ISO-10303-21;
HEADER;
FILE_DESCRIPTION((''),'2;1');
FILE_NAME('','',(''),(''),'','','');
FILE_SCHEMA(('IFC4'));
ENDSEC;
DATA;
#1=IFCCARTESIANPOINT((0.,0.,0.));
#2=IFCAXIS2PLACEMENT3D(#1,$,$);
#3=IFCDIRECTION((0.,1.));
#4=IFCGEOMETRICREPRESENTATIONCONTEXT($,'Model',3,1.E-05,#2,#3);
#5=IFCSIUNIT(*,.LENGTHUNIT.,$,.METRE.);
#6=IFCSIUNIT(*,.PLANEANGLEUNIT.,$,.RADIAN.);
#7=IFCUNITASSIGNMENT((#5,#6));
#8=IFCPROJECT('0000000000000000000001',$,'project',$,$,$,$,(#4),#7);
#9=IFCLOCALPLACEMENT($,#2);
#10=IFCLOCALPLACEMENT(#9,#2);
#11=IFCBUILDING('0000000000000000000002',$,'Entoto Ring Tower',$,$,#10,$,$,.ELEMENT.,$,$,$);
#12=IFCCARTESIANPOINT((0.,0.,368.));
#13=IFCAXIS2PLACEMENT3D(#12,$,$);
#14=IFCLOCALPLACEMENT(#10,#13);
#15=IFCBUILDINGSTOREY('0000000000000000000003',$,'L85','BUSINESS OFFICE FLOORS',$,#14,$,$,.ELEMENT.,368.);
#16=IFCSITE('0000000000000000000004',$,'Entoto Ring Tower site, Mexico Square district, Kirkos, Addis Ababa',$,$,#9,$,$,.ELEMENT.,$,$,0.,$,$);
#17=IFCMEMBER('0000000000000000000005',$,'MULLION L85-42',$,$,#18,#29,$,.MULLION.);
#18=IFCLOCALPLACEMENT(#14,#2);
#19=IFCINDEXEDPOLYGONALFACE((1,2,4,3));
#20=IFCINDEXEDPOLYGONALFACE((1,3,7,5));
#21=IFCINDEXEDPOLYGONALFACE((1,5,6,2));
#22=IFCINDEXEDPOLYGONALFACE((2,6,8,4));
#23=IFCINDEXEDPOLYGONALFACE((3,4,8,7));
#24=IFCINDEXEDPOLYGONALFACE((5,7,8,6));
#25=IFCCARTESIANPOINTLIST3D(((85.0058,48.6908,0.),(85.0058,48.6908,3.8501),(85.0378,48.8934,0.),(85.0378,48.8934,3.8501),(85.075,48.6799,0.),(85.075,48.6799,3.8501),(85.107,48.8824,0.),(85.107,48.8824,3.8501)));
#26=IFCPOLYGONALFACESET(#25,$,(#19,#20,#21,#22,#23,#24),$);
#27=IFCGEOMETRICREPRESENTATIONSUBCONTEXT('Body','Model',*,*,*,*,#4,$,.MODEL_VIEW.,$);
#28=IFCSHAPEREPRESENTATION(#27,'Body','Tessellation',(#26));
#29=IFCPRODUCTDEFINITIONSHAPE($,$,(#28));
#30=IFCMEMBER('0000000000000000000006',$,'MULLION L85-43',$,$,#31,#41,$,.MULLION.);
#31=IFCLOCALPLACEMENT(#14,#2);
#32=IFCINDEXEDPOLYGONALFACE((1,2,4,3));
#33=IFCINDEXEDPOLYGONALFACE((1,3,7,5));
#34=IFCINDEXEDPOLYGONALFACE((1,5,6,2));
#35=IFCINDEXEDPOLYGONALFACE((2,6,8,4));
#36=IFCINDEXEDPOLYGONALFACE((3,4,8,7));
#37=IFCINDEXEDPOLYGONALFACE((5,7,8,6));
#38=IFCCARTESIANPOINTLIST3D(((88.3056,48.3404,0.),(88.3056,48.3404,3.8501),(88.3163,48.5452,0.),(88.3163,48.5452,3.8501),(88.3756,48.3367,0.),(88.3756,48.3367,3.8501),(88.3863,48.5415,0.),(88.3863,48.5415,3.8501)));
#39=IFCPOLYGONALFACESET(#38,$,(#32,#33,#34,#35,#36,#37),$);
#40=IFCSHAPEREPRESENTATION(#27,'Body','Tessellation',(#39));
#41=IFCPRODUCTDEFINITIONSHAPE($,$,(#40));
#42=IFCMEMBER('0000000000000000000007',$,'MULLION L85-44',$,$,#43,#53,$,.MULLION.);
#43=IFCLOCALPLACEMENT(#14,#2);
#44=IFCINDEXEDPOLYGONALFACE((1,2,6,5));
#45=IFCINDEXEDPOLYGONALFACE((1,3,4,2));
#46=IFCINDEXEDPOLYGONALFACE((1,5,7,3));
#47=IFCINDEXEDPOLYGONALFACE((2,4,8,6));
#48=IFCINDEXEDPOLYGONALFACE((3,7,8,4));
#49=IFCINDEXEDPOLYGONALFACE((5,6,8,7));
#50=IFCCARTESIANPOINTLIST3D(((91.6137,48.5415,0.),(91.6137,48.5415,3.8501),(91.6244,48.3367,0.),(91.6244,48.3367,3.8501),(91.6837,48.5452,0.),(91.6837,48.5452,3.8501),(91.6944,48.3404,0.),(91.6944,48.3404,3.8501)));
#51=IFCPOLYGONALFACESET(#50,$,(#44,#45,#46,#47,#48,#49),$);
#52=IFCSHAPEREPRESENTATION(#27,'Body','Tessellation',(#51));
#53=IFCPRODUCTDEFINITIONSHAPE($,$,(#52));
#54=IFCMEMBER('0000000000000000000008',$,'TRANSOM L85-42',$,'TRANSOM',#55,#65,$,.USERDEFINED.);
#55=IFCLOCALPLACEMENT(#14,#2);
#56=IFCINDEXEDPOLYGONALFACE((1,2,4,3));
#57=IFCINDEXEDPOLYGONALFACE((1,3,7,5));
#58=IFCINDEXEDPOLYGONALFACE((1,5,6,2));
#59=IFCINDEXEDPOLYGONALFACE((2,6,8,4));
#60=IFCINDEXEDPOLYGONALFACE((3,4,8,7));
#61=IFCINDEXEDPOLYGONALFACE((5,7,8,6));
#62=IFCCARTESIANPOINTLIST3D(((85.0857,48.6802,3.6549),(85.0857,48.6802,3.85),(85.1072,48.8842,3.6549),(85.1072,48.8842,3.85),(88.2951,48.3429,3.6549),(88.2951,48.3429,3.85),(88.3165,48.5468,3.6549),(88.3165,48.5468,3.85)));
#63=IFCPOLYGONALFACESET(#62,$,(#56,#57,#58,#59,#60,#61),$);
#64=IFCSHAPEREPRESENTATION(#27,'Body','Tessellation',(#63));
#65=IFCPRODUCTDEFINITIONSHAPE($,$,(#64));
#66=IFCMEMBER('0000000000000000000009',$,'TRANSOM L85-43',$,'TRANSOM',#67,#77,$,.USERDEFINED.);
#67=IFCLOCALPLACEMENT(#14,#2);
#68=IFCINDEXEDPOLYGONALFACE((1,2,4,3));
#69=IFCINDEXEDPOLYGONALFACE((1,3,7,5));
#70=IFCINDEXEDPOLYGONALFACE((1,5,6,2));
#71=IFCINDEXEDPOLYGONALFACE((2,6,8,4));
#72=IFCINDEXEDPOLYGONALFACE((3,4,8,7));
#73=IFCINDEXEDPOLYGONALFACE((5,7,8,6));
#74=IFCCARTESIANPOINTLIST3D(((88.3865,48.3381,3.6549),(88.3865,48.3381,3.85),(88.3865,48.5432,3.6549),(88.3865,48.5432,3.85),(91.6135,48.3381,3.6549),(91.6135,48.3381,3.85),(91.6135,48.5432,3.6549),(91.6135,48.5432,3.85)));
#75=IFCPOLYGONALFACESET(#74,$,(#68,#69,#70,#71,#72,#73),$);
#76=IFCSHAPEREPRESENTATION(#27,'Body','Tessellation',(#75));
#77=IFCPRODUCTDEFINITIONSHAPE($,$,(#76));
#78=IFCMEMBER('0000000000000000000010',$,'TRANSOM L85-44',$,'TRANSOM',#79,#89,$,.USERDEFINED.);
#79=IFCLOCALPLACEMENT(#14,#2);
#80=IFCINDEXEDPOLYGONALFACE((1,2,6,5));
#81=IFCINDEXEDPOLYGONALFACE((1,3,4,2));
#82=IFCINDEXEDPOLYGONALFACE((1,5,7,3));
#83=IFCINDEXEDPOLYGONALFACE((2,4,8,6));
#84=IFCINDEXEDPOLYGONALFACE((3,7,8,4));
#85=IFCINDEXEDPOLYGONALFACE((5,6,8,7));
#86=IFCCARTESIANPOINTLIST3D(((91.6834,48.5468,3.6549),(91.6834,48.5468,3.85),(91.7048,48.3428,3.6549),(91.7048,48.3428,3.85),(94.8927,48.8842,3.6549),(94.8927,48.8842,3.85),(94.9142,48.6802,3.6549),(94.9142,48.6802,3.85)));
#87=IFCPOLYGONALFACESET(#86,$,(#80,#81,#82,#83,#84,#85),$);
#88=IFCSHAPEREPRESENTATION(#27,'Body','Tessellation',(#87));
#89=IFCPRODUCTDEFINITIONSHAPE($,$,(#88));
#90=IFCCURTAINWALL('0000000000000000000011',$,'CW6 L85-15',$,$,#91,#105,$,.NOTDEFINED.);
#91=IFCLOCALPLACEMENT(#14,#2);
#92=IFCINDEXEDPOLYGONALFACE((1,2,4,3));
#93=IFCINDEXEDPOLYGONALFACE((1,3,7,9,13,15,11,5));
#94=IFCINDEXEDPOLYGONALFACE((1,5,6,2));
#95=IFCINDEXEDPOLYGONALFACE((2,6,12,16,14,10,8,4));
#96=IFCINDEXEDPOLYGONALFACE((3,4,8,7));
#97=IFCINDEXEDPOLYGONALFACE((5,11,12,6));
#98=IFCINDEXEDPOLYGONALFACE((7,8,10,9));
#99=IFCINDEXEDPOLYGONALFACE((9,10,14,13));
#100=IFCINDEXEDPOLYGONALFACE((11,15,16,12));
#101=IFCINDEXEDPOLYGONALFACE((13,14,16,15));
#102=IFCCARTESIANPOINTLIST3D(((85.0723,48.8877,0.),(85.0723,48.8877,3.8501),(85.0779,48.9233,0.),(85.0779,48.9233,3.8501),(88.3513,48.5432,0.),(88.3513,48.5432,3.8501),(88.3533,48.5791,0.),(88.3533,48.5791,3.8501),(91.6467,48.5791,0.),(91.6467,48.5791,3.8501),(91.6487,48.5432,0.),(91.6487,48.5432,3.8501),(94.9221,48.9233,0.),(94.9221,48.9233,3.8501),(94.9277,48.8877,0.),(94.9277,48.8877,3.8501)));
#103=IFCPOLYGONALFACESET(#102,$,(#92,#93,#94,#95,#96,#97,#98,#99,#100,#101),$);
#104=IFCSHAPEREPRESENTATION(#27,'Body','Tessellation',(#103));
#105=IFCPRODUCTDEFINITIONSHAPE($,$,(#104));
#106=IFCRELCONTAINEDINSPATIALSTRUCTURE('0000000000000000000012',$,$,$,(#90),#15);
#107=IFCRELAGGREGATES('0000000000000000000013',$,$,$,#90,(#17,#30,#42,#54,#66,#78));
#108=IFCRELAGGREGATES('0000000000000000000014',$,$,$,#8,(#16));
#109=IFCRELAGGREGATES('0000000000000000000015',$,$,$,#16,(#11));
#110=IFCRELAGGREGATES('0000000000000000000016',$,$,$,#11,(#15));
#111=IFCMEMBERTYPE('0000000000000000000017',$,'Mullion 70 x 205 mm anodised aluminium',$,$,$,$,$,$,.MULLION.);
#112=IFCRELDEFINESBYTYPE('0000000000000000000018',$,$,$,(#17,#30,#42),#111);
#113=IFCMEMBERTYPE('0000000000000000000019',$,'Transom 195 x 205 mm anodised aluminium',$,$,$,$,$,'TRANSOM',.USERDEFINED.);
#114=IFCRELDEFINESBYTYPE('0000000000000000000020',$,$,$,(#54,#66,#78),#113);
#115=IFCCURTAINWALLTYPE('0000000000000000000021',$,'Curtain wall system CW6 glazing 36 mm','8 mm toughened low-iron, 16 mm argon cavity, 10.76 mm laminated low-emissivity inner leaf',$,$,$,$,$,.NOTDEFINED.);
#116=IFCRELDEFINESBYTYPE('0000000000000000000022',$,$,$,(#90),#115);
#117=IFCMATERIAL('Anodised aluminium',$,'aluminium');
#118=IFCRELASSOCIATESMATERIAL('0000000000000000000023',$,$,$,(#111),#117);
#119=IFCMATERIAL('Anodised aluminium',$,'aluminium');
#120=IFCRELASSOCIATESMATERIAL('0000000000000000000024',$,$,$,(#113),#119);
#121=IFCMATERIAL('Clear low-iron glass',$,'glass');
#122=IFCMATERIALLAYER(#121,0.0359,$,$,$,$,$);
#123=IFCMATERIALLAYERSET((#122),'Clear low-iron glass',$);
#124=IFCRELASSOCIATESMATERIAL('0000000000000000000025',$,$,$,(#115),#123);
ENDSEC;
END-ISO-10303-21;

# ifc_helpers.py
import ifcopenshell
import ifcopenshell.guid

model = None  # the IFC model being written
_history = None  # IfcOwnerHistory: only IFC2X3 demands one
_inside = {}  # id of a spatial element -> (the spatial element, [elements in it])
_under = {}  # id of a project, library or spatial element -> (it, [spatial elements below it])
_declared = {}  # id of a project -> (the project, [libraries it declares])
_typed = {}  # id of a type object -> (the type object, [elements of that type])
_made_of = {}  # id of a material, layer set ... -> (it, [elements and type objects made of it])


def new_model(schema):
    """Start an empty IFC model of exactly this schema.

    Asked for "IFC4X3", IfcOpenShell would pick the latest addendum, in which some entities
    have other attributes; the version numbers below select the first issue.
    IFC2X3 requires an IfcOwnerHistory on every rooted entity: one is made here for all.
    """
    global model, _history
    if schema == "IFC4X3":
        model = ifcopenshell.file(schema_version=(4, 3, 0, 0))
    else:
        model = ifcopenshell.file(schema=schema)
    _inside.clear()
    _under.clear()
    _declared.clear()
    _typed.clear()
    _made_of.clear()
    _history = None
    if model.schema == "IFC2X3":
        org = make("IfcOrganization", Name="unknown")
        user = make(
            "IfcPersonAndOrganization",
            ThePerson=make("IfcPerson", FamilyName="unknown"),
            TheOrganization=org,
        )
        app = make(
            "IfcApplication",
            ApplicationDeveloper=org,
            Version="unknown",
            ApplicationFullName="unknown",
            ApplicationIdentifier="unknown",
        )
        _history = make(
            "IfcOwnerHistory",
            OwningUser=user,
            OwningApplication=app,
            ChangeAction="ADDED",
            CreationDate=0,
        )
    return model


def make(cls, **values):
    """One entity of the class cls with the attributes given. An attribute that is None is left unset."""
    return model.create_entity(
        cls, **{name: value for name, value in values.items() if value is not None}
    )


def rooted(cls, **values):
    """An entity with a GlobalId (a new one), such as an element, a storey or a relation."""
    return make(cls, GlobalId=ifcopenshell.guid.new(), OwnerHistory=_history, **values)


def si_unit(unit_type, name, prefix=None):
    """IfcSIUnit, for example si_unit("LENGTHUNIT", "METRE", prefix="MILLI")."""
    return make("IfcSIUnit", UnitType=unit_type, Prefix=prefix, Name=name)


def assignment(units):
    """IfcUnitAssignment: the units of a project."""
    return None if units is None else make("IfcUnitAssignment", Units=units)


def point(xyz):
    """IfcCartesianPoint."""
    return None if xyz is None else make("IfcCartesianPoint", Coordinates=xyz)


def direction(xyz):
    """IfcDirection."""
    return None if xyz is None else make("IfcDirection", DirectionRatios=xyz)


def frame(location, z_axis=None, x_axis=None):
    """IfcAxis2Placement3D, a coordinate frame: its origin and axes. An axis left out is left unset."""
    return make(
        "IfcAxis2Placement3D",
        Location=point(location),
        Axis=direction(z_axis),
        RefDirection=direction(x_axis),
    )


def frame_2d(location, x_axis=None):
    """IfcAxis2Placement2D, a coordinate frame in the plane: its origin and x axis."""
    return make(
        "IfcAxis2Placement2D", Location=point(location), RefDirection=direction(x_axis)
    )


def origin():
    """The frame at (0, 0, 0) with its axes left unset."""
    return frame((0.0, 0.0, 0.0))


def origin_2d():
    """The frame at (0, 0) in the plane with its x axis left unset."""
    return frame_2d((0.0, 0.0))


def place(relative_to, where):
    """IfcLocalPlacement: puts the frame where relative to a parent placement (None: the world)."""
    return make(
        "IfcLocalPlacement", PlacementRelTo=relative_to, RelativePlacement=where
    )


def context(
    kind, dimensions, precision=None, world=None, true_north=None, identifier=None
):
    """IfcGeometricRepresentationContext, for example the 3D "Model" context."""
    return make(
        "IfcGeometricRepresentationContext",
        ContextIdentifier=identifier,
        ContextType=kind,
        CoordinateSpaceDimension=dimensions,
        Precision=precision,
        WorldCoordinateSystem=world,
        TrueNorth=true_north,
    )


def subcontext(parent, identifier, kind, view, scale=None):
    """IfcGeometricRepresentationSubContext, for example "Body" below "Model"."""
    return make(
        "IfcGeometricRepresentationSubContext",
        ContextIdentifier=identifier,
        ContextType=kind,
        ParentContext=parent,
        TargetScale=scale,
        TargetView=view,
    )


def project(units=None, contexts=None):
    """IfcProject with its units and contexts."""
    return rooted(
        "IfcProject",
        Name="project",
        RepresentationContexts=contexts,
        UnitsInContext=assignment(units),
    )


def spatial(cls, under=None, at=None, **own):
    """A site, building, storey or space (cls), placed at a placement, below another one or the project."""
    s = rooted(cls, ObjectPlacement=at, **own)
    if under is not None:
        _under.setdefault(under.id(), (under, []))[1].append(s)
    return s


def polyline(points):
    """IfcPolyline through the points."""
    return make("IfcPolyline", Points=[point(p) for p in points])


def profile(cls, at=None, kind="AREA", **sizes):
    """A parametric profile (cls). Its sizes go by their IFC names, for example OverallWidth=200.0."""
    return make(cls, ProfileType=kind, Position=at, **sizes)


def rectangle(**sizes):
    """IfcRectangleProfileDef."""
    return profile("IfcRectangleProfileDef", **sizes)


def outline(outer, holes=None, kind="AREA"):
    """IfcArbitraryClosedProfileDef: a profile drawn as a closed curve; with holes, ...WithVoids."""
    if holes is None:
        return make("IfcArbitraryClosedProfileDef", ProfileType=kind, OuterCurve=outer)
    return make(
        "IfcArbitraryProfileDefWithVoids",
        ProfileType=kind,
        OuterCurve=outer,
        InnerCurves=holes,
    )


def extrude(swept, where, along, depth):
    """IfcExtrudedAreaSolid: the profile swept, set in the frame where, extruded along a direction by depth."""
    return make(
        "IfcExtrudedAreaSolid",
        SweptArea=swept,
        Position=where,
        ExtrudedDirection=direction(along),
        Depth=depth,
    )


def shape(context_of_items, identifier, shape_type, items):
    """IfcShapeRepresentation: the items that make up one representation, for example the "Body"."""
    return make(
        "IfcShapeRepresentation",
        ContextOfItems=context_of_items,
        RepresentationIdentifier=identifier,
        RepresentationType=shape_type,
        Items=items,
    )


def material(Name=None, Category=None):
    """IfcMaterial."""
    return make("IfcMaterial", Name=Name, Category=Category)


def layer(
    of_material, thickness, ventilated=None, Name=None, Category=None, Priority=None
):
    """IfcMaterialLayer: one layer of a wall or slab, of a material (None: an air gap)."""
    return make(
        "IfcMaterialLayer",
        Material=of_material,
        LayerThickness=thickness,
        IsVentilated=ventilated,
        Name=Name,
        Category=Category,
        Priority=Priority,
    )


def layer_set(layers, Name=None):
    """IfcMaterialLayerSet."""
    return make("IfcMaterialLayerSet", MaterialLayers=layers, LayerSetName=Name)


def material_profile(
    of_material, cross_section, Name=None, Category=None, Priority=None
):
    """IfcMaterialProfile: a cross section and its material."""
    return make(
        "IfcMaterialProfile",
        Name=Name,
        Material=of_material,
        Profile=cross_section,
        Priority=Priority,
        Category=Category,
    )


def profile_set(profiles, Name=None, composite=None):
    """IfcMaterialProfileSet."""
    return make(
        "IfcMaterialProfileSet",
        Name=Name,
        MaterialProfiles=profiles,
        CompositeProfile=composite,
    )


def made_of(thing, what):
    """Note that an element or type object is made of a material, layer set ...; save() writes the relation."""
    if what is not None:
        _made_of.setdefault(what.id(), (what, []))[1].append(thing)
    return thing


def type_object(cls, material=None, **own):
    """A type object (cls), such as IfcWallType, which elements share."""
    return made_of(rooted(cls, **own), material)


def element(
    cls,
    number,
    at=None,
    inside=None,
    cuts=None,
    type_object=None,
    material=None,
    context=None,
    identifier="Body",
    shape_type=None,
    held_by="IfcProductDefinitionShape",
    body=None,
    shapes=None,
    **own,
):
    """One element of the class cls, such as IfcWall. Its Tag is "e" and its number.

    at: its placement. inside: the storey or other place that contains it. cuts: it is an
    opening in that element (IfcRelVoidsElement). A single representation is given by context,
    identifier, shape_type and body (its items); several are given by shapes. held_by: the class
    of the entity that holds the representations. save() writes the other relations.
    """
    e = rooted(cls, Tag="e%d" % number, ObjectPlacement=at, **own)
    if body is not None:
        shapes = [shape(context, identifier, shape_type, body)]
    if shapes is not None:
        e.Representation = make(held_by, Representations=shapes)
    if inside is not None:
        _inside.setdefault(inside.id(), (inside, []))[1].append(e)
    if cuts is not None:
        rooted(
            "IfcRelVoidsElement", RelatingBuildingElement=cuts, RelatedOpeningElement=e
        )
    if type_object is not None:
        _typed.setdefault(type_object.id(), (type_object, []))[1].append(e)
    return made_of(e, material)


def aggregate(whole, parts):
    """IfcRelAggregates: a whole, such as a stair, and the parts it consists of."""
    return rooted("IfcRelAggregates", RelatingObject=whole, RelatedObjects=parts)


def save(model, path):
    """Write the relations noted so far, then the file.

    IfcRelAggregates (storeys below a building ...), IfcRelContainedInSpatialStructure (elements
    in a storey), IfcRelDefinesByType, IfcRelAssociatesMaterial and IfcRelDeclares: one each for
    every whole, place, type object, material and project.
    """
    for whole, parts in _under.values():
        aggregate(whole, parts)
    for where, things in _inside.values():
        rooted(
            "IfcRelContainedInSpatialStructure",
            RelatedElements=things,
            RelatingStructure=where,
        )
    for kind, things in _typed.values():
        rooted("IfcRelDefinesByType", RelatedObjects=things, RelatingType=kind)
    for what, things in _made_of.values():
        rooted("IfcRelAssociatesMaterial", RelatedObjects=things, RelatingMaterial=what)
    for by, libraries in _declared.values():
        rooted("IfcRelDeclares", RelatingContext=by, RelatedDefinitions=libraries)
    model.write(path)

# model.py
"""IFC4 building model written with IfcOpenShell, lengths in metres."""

from ifc_helpers import new_model, si_unit, direction, frame, origin, origin_2d, place, context, subcontext, project, spatial, polyline, rectangle, outline, extrude, material, layer, layer_set, material_profile, profile_set, type_object, element, aggregate, save


model = new_model("IFC4")

# Units and contexts
model_context = context("Model", 3, precision=1e-05, world=origin(), true_north=direction((0.0, 1.0)))
body_context = subcontext(model_context, "Body", "Model", "MODEL_VIEW")
ifc_project = project(units=[si_unit("LENGTHUNIT", "METRE"), si_unit("PLANEANGLEUNIT", "RADIAN")], contexts=[model_context])

# Members
ifc_material_1 = material(Name="Anodised aluminium", Category="aluminium")
ifc_material_profile_1 = material_profile(ifc_material_1, rectangle(XDim=0.0701, YDim=0.2051, at=origin_2d()), Name="Mullion 70 x 205 mm anodised aluminium")
ifc_profile_set_1 = profile_set([ifc_material_profile_1], Name="Anodised aluminium")
member_type_1 = type_object("IfcMemberType", Name="Mullion 70 x 205 mm anodised aluminium", PredefinedType="MULLION", material=ifc_profile_set_1)
site_placement = place(None, origin())
building_placement = place(site_placement, origin())
storey_placement = place(building_placement, frame((0.0, 0.0, 368.0)))
member_1_placement = place(storey_placement, frame((85.0564, 48.7866, 0.0), z_axis=(0.0, 0.0, 1.0), x_axis=(0.987688, -0.156434, 0.0)))
member_1 = element("IfcMember", 1, at=member_1_placement, type_object=member_type_1, Name="MULLION L85-42", PredefinedType="MULLION", context=body_context, shape_type="SweptSolid", body=[
    extrude(rectangle(XDim=0.0701, YDim=0.2051, at=origin_2d()), origin(), (0.0, 0.0, 1.0), 3.8501),
])
member_2_placement = place(storey_placement, frame((88.3459, 48.4409, 0.0), z_axis=(0.0, 0.0, 1.0), x_axis=(0.99863, -0.052336, 0.0)))
member_2 = element("IfcMember", 2, at=member_2_placement, type_object=member_type_1, Name="MULLION L85-43", PredefinedType="MULLION", context=body_context, shape_type="SweptSolid", body=[
    extrude(rectangle(XDim=0.0701, YDim=0.2051, at=origin_2d()), origin(), (0.0, 0.0, 1.0), 3.8501),
])
member_3_placement = place(storey_placement, frame((91.6541, 48.4409, 0.0), z_axis=(0.0, 0.0, 1.0), x_axis=(0.99863, 0.052336, 0.0)))
member_3 = element("IfcMember", 3, at=member_3_placement, type_object=member_type_1, Name="MULLION L85-44", PredefinedType="MULLION", context=body_context, shape_type="SweptSolid", body=[
    extrude(rectangle(XDim=0.0701, YDim=0.2051, at=origin_2d()), origin(), (0.0, 0.0, 1.0), 3.8501),
])
ifc_material_2 = material(Name="Anodised aluminium", Category="aluminium")
ifc_material_profile_2 = material_profile(ifc_material_2, rectangle(XDim=0.2051, YDim=0.1951, at=origin_2d()), Name="Transom 195 x 205 mm anodised aluminium")
ifc_profile_set_2 = profile_set([ifc_material_profile_2], Name="Anodised aluminium")
member_type_2 = type_object("IfcMemberType", Name="Transom 195 x 205 mm anodised aluminium", ElementType="TRANSOM", PredefinedType="USERDEFINED", material=ifc_profile_set_2)
member_4_placement = place(storey_placement, frame((85.0964, 48.7822, 3.7524), z_axis=(0.99452, -0.104551, 0.0), x_axis=(0.104551, 0.99452, 0.0)))
member_4 = element("IfcMember", 4, at=member_4_placement, type_object=member_type_2, Name="TRANSOM L85-42", ObjectType="TRANSOM", PredefinedType="USERDEFINED", context=body_context, shape_type="SweptSolid", body=[
    extrude(rectangle(XDim=0.2051, YDim=0.1951, at=origin_2d()), origin(), (0.0, 0.0, 1.0), 3.2271),
])
member_5_placement = place(storey_placement, frame((88.3865, 48.4407, 3.7524), z_axis=(1.0, 0.0, 0.0), x_axis=(0.0, 1.0, 0.0)))
member_5 = element("IfcMember", 5, at=member_5_placement, type_object=member_type_2, Name="TRANSOM L85-43", ObjectType="TRANSOM", PredefinedType="USERDEFINED", context=body_context, shape_type="SweptSolid", body=[
    extrude(rectangle(XDim=0.2051, YDim=0.1951, at=origin_2d()), origin(), (0.0, 0.0, 1.0), 3.2271),
])
member_6_placement = place(storey_placement, frame((91.6941, 48.4448, 3.7524), z_axis=(0.99452, 0.104551, 0.0), x_axis=(-0.104551, 0.99452, 0.0)))
member_6 = element("IfcMember", 6, at=member_6_placement, type_object=member_type_2, Name="TRANSOM L85-44", ObjectType="TRANSOM", PredefinedType="USERDEFINED", context=body_context, shape_type="SweptSolid", body=[
    extrude(rectangle(XDim=0.2051, YDim=0.1951, at=origin_2d()), origin(), (0.0, 0.0, 1.0), 3.2271),
])

# Site, building, storey
site = spatial("IfcSite", under=ifc_project, at=site_placement, Name="Entoto Ring Tower site, Mexico Square district, Kirkos, Addis Ababa", CompositionType="ELEMENT", RefElevation=0.0)
building = spatial("IfcBuilding", under=site, at=building_placement, Name="Entoto Ring Tower", CompositionType="ELEMENT")
storey = spatial("IfcBuildingStorey", under=building, at=storey_placement, Name="L85", Description="BUSINESS OFFICE FLOORS", CompositionType="ELEMENT", Elevation=368.0)

# Curtain wall
ifc_material_3 = material(Name="Clear low-iron glass", Category="glass")
ifc_layer_1 = layer(ifc_material_3, 0.0359)
ifc_layer_set_1 = layer_set([ifc_layer_1], Name="Clear low-iron glass")
curtain_wall_type = type_object("IfcCurtainWallType", Name="Curtain wall system CW6 glazing 36 mm", Description="8 mm toughened low-iron, 16 mm argon cavity, 10.76 mm laminated low-emissivity inner leaf", PredefinedType="NOTDEFINED", material=ifc_layer_set_1)
curtain_wall_1_placement = place(storey_placement, origin())
curtain_wall_1 = element("IfcCurtainWall", 7, at=curtain_wall_1_placement, inside=storey, type_object=curtain_wall_type, Name="CW6 L85-15", PredefinedType="NOTDEFINED", context=body_context, shape_type="SweptSolid", body=[
    extrude(outline(polyline([(85.0723, 48.8877), (88.3513, 48.5432), (91.6487, 48.5432), (94.9277, 48.8877), (94.9221, 48.9233), (91.6467, 48.5791), (88.3533, 48.5791), (85.0779, 48.9233), (85.0723, 48.8877)])), origin(), (0.0, 0.0, 1.0), 3.8501),
])
aggregate(curtain_wall_1, [member_1, member_2, member_3, member_4, member_5, member_6])

save(model, "model.ifc")
